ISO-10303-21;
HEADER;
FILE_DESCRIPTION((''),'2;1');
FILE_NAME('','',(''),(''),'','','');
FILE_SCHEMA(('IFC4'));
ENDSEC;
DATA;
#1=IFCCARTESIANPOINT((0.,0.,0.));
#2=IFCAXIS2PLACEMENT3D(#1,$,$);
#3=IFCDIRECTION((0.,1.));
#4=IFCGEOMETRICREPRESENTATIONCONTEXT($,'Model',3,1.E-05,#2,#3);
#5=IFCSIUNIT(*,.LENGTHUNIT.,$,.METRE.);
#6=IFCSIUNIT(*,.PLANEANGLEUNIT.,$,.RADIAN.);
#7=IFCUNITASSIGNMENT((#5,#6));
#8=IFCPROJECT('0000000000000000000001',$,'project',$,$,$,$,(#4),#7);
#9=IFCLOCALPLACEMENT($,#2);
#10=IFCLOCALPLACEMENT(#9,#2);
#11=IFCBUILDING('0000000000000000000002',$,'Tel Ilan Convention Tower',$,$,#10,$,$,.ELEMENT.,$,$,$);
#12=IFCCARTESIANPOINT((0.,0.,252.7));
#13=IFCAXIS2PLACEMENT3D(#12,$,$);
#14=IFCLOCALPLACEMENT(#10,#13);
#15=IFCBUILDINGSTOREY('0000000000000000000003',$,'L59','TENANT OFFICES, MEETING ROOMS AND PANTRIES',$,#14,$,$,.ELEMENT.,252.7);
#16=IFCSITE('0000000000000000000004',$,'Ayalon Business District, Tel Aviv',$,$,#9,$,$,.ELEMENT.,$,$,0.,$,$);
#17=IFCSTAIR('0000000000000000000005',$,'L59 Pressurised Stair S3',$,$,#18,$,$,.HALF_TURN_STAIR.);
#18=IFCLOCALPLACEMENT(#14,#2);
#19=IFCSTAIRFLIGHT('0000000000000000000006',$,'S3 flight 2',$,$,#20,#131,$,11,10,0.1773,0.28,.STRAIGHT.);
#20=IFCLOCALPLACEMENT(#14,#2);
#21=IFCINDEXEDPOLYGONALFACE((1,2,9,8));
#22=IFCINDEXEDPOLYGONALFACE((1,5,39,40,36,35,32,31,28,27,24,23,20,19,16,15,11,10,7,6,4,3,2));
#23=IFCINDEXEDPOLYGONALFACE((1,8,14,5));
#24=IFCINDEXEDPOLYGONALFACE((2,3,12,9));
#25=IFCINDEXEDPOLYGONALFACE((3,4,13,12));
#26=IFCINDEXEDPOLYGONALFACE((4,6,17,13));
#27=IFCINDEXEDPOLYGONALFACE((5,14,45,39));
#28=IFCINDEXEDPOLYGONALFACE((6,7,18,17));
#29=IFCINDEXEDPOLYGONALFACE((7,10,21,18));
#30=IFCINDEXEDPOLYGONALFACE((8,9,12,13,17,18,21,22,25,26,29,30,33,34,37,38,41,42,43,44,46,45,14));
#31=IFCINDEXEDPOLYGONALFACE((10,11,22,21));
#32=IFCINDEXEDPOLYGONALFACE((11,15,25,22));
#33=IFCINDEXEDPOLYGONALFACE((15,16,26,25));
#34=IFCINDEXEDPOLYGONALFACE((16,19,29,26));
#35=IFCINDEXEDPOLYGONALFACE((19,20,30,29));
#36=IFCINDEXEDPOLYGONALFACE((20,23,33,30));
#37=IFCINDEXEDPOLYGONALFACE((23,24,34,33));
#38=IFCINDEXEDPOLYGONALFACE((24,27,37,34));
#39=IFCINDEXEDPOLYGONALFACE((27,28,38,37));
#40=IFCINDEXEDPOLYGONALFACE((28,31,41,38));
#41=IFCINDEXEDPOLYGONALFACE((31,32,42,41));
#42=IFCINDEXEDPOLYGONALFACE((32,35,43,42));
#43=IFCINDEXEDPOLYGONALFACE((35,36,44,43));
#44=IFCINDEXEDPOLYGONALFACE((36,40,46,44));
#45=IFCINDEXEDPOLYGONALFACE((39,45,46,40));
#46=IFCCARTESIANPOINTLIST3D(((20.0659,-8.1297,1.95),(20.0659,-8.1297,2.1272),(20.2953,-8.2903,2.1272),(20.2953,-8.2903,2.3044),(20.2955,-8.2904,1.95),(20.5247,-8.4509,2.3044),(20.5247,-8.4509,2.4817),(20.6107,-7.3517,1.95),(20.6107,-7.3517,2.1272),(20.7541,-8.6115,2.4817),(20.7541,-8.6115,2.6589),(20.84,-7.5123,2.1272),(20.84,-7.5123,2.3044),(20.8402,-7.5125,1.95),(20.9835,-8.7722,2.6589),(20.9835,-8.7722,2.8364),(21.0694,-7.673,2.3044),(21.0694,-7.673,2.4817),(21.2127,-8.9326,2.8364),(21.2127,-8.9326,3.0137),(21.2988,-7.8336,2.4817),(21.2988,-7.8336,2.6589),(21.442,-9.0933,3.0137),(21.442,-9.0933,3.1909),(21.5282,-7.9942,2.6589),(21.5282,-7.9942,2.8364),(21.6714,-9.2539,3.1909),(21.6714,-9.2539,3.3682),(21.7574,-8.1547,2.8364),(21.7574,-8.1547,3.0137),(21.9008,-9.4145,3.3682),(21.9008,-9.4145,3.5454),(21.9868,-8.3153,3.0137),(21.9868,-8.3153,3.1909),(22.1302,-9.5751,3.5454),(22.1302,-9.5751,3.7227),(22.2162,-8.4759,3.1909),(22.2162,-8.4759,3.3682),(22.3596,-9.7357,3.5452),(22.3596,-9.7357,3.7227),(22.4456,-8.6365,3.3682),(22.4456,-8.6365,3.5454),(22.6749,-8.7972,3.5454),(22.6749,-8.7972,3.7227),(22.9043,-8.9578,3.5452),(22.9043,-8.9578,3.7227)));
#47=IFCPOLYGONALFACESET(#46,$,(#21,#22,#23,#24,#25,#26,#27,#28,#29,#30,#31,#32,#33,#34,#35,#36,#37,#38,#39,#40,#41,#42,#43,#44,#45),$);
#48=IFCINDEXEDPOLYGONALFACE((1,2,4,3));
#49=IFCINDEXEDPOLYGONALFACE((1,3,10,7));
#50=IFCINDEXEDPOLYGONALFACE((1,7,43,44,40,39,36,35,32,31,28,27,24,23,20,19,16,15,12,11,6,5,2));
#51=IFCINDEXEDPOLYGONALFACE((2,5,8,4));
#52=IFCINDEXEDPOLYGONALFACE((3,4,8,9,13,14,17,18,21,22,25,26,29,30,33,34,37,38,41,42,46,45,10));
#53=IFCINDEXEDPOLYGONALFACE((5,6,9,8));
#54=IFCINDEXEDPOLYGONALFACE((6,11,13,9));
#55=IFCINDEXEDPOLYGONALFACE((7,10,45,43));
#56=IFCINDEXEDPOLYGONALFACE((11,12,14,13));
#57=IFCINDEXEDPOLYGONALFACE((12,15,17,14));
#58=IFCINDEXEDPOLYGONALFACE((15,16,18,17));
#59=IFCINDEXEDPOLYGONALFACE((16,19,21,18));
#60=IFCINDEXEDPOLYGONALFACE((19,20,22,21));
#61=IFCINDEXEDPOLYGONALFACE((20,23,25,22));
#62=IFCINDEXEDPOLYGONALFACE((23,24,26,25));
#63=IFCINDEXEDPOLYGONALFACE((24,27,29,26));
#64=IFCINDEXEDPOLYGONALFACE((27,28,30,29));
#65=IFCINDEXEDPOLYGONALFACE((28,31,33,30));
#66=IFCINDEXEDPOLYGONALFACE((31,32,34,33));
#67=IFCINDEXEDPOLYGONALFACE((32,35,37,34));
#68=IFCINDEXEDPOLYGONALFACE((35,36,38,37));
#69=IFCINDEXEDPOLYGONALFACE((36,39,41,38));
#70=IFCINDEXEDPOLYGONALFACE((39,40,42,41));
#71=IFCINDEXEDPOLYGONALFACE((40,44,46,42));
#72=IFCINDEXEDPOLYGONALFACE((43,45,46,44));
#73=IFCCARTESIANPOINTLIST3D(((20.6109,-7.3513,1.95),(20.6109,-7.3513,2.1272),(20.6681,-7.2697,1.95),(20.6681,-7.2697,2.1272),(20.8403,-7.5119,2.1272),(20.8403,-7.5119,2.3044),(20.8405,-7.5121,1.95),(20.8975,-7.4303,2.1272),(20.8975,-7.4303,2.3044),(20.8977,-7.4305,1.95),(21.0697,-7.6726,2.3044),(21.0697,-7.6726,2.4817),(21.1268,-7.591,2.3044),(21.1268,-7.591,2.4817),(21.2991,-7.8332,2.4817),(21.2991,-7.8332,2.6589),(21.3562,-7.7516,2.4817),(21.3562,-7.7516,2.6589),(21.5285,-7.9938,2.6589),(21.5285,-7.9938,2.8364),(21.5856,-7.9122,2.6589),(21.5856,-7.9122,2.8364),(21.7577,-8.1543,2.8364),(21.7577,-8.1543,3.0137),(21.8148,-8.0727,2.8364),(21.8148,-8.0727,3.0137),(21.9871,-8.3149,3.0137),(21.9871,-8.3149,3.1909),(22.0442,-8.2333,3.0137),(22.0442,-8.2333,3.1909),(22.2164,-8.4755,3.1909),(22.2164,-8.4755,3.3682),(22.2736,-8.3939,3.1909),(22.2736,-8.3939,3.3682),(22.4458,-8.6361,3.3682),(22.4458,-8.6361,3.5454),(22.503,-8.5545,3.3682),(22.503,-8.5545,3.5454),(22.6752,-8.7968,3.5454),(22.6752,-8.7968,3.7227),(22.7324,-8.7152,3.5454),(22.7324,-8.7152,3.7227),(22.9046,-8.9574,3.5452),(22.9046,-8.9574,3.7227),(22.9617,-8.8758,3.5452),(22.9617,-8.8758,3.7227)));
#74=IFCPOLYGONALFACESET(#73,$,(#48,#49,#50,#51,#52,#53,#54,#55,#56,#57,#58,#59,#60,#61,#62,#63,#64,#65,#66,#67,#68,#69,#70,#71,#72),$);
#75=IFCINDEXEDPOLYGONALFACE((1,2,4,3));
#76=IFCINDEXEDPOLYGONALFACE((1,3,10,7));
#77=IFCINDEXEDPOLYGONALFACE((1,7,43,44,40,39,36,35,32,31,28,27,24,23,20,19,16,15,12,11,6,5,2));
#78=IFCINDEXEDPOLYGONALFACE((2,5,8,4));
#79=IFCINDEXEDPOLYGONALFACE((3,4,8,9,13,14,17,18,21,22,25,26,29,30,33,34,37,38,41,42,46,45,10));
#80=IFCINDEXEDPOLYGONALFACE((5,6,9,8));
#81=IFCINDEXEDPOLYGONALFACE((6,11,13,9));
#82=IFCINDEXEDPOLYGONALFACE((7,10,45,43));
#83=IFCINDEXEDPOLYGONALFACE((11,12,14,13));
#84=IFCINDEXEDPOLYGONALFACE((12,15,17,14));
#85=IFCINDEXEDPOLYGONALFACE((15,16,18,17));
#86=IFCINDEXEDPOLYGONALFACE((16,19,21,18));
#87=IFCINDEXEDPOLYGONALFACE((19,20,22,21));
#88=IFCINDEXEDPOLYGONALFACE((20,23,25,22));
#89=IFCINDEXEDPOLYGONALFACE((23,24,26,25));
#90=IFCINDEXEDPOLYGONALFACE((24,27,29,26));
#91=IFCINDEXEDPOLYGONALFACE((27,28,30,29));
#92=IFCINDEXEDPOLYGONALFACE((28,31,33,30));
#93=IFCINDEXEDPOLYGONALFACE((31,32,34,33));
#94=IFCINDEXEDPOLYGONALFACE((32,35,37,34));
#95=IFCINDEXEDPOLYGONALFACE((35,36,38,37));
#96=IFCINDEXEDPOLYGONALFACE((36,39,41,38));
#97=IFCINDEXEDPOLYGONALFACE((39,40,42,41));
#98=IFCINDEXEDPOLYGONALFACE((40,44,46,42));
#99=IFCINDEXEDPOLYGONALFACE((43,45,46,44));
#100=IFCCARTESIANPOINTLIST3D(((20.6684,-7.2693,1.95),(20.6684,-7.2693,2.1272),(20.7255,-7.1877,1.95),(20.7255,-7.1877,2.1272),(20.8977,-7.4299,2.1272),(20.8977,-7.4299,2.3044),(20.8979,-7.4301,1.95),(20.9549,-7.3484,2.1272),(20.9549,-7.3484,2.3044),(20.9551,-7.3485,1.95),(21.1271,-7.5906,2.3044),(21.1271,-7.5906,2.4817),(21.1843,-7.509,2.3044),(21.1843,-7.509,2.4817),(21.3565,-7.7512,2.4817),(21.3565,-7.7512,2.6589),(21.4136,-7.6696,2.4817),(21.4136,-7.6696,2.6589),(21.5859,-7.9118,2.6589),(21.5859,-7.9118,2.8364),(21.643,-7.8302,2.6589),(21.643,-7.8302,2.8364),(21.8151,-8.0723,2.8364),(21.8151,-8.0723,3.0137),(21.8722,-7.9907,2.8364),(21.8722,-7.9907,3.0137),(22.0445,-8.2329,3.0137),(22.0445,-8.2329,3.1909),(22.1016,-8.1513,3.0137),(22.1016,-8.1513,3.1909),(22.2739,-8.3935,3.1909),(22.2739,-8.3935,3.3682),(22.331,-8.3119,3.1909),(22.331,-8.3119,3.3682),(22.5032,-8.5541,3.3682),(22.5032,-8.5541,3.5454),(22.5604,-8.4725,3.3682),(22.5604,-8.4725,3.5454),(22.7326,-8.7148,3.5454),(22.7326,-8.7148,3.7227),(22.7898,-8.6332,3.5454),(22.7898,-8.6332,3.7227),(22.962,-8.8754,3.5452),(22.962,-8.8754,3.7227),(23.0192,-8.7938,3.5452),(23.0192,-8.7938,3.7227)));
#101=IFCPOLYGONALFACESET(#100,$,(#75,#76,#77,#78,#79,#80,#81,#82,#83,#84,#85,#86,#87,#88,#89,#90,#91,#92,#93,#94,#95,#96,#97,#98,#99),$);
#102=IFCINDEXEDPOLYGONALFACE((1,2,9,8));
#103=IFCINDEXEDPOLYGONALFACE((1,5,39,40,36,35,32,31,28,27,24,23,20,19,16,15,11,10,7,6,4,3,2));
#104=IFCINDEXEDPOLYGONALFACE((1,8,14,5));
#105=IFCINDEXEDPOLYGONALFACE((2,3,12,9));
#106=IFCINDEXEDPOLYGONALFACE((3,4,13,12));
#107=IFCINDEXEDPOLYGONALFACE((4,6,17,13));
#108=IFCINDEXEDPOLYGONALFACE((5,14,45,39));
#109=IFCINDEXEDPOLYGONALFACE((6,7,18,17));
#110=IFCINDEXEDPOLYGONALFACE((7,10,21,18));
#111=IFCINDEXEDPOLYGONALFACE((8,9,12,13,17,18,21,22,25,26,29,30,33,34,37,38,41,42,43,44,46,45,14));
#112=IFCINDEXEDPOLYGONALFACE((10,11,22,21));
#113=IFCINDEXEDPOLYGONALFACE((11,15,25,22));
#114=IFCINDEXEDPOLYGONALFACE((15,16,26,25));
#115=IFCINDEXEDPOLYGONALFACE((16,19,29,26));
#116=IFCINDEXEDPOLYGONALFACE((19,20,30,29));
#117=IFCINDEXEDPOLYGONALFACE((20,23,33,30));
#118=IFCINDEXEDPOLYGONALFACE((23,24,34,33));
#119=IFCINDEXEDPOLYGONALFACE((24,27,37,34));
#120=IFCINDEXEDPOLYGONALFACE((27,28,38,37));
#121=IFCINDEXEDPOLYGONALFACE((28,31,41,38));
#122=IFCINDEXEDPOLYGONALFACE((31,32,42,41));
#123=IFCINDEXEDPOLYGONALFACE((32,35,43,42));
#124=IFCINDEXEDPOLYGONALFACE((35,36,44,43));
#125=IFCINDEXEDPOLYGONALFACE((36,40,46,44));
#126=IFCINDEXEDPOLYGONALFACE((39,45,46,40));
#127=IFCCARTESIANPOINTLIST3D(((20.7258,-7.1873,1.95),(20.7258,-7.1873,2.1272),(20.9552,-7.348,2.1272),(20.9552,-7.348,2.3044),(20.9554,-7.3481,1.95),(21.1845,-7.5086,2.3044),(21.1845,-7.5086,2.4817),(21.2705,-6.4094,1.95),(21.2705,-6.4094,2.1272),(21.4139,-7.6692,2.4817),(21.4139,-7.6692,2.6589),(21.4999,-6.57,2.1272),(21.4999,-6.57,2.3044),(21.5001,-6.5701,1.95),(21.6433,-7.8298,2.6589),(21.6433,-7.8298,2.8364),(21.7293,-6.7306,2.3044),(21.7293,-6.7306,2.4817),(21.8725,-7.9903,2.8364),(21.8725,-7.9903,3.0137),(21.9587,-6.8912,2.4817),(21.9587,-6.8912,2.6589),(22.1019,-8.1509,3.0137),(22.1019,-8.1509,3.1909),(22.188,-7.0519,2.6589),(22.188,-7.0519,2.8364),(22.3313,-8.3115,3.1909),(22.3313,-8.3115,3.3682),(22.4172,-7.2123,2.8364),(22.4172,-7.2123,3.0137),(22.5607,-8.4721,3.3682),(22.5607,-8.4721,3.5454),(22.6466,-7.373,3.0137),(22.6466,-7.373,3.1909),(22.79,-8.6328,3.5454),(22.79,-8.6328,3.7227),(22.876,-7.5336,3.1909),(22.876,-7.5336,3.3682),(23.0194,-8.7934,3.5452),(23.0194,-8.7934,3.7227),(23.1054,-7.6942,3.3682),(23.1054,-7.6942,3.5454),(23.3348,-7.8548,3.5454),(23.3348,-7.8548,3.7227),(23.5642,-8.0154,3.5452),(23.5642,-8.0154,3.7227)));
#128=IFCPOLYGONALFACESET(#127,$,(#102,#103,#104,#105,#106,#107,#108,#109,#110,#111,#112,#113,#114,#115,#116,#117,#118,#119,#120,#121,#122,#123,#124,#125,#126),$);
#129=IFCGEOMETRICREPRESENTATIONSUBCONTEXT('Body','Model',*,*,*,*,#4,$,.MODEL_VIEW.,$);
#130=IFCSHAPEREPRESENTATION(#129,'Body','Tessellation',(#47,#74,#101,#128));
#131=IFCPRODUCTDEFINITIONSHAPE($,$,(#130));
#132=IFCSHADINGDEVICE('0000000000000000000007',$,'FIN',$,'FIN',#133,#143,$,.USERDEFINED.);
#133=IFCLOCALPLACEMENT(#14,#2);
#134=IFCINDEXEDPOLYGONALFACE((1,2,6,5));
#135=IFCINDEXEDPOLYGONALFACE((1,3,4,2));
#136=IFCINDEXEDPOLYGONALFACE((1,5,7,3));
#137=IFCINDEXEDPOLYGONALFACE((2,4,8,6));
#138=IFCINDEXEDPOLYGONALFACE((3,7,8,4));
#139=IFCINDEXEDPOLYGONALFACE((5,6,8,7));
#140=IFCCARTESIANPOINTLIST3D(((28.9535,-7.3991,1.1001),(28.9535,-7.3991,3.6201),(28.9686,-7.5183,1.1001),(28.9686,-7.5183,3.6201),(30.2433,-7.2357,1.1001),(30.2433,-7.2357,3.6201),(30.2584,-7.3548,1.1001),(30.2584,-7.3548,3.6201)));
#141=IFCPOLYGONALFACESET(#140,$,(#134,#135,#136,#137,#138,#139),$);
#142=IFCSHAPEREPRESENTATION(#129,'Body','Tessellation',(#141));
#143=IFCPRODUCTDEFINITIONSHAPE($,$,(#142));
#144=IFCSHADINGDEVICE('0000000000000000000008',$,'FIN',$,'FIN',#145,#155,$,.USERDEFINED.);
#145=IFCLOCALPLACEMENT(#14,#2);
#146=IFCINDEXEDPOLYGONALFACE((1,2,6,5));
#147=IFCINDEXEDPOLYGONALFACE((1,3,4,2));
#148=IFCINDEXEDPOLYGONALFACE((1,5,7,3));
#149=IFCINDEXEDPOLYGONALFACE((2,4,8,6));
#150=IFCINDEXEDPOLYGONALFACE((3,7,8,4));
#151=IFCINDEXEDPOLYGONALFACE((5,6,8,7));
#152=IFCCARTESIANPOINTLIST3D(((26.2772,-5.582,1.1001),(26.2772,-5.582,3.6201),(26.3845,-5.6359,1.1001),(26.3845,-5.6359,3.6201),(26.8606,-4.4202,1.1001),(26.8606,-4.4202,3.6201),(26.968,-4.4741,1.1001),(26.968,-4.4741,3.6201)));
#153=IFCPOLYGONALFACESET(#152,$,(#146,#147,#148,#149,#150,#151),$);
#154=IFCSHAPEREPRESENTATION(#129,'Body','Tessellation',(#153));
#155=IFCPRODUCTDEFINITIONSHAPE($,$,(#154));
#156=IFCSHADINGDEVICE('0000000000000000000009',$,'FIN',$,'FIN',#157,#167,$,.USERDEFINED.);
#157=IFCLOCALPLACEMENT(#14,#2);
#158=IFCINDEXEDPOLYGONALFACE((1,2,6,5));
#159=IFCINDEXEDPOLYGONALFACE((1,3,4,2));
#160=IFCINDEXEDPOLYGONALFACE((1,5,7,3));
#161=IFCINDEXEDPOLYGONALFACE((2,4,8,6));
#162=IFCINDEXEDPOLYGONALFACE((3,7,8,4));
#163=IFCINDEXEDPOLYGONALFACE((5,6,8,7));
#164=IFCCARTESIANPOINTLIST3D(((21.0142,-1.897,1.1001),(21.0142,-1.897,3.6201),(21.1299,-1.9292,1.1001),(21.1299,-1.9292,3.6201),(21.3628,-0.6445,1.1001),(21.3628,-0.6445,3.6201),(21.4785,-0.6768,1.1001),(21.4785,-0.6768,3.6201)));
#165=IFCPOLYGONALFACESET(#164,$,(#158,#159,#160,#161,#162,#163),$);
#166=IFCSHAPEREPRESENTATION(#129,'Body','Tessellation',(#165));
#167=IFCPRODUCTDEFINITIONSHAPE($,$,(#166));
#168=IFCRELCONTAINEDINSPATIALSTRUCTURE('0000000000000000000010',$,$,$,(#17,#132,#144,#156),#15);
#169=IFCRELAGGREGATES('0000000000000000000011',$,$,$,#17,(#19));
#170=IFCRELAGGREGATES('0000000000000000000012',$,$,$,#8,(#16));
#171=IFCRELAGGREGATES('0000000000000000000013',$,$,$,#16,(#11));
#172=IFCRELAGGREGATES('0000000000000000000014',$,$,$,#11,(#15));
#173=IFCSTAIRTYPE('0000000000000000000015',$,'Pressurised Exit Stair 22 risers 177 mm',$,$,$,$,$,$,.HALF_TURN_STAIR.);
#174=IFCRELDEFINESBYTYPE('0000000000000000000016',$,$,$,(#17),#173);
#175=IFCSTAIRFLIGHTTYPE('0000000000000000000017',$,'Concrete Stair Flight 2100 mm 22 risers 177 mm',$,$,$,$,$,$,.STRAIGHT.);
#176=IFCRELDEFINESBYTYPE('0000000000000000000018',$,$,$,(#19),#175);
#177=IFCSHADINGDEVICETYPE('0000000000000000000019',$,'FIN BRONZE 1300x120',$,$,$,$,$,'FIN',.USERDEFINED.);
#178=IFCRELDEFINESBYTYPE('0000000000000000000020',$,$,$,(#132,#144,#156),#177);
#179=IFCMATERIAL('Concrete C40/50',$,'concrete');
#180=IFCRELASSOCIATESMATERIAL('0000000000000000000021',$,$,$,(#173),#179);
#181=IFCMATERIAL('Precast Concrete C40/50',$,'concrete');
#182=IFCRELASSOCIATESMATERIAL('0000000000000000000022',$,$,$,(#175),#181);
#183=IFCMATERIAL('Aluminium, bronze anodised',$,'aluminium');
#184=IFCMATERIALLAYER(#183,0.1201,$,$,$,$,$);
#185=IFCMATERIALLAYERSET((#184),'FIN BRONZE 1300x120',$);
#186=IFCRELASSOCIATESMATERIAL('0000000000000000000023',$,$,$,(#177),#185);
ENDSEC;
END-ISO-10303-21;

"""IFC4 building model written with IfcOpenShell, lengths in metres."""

from ifc_helpers import new_model, si_unit, direction, frame, origin, origin_2d, place, context, subcontext, project, spatial, polyline, rectangle, outline, extrude, material, layer, layer_set, type_object, element, aggregate, save


model = new_model("IFC4")

# Units and contexts
model_context = context("Model", 3, precision=1e-05, world=origin(), true_north=direction((0.0, 1.0)))
body_context = subcontext(model_context, "Body", "Model", "MODEL_VIEW")
ifc_project = project(units=[si_unit("LENGTHUNIT", "METRE"), si_unit("PLANEANGLEUNIT", "RADIAN")], contexts=[model_context])

# Site, building, storey
site_placement = place(None, origin())
site = spatial("IfcSite", under=ifc_project, at=site_placement, Name="Ayalon Business District, Tel Aviv", CompositionType="ELEMENT", RefElevation=0.0)
building_placement = place(site_placement, origin())
building = spatial("IfcBuilding", under=site, at=building_placement, Name="Tel Ilan Convention Tower", CompositionType="ELEMENT")
storey_placement = place(building_placement, frame((0.0, 0.0, 252.7)))
storey = spatial("IfcBuildingStorey", under=building, at=storey_placement, Name="L59", Description="TENANT OFFICES, MEETING ROOMS AND PANTRIES", CompositionType="ELEMENT", Elevation=252.7)

# Stair, stair flight
ifc_material_1 = material(Name="Concrete C40/50", Category="concrete")
stair_type = type_object("IfcStairType", Name="Pressurised Exit Stair 22 risers 177 mm", PredefinedType="HALF_TURN_STAIR", material=ifc_material_1)
stair_placement = place(storey_placement, origin())
stair = element("IfcStair", 1, at=stair_placement, inside=storey, type_object=stair_type, Name="L59 Pressurised Stair S3", PredefinedType="HALF_TURN_STAIR")
ifc_material_2 = material(Name="Precast Concrete C40/50", Category="concrete")
stair_flight_type = type_object("IfcStairFlightType", Name="Concrete Stair Flight 2100 mm 22 risers 177 mm", PredefinedType="STRAIGHT", material=ifc_material_2)
stair_flight_1_placement = place(storey_placement, frame((20.6682, -7.2695, 1.95), z_axis=(0.0, 0.0, 1.0), x_axis=(0.819152, -0.573576, 0.0)))
stair_flight_1 = element("IfcStairFlight", 2, at=stair_flight_1_placement, type_object=stair_flight_type, Name="S3 flight 2", NumberOfRisers=11, NumberOfTreads=10, PredefinedType="STRAIGHT", RiserHeight=0.1773, TreadLength=0.28, context=body_context, shape_type="SweptSolid", body=[
    extrude(outline(polyline([(0.0, 0.0), (0.0, 0.1772), (0.28, 0.1772), (0.28, 0.3545), (0.5601, 0.3545), (0.5601, 0.5317), (0.8401, 0.5317), (0.8401, 0.709), (1.1201, 0.709), (1.1201, 0.8865), (1.3999, 0.8865), (1.3999, 1.0637), (1.6799, 1.0637), (1.6799, 1.241), (1.96, 1.241), (1.96, 1.4182), (2.24, 1.4182), (2.24, 1.5955), (2.52, 1.5955), (2.52, 1.7727), (2.8, 1.7727), (2.8, 1.95), (2.8, 1.5952), (0.2803, 0.0), (0.0, 0.0)])), frame((0.0, -0.1003, 0.0), z_axis=(0.0, -1.0, 0.0), x_axis=(1.0, 0.0, 0.0)), (0.0, 0.0, 1.0), 0.9497),
    extrude(outline(polyline([(0.0, 0.0), (0.0, 0.1772), (0.28, 0.1772), (0.28, 0.3545), (0.5601, 0.3545), (0.5601, 0.5317), (0.8401, 0.5317), (0.8401, 0.709), (1.1201, 0.709), (1.1201, 0.8865), (1.3999, 0.8865), (1.3999, 1.0637), (1.6799, 1.0637), (1.6799, 1.241), (1.96, 1.241), (1.96, 1.4182), (2.24, 1.4182), (2.24, 1.5955), (2.52, 1.5955), (2.52, 1.7727), (2.8, 1.7727), (2.8, 1.95), (2.8, 1.5952), (0.2803, 0.0), (0.0, 0.0)])), frame((0.0, -0.0002, 0.0), z_axis=(0.0, -1.0, 0.0), x_axis=(1.0, 0.0, 0.0)), (0.0, 0.0, 1.0), 0.0996),
    extrude(outline(polyline([(0.0, 0.0), (0.0, 0.1772), (0.28, 0.1772), (0.28, 0.3545), (0.5601, 0.3545), (0.5601, 0.5317), (0.8401, 0.5317), (0.8401, 0.709), (1.1201, 0.709), (1.1201, 0.8865), (1.3999, 0.8865), (1.3999, 1.0637), (1.6799, 1.0637), (1.6799, 1.241), (1.96, 1.241), (1.96, 1.4182), (2.24, 1.4182), (2.24, 1.5955), (2.52, 1.5955), (2.52, 1.7727), (2.8, 1.7727), (2.8, 1.95), (2.8, 1.5952), (0.2803, 0.0), (0.0, 0.0)])), frame((0.0, 0.0999, 0.0), z_axis=(0.0, -1.0, 0.0), x_axis=(1.0, 0.0, 0.0)), (0.0, 0.0, 1.0), 0.0996),
    extrude(outline(polyline([(0.0, 0.0), (0.0, 0.1772), (0.28, 0.1772), (0.28, 0.3545), (0.5601, 0.3545), (0.5601, 0.5317), (0.8401, 0.5317), (0.8401, 0.709), (1.1201, 0.709), (1.1201, 0.8865), (1.3999, 0.8865), (1.3999, 1.0637), (1.6799, 1.0637), (1.6799, 1.241), (1.96, 1.241), (1.96, 1.4182), (2.24, 1.4182), (2.24, 1.5955), (2.52, 1.5955), (2.52, 1.7727), (2.8, 1.7727), (2.8, 1.95), (2.8, 1.5952), (0.2803, 0.0), (0.0, 0.0)])), frame((0.0, 1.05, 0.0), z_axis=(0.0, -1.0, 0.0), x_axis=(1.0, 0.0, 0.0)), (0.0, 0.0, 1.0), 0.9497),
])
aggregate(stair, [stair_flight_1])

# Shading devices
ifc_material_3 = material(Name="Aluminium, bronze anodised", Category="aluminium")
ifc_layer_1 = layer(ifc_material_3, 0.1201)
ifc_layer_set_1 = layer_set([ifc_layer_1], Name="FIN BRONZE 1300x120")
shading_device_type = type_object("IfcShadingDeviceType", Name="FIN BRONZE 1300x120", ElementType="FIN", PredefinedType="USERDEFINED", material=ifc_layer_set_1)
for number, where, z_axis, x_axis, name in (
    (3, (29.606, -7.377, 1.1001), (0.0, 0.0, 1.0), (0.992066, 0.125718, 0.0), "FIN"),
    (4, (26.6226, -5.0281, 1.1001), (0.0, 0.0, 1.0), (0.448799, 0.893633, 0.0), "FIN"),
    (5, (21.2463, -1.2869, 1.1001), (0.0, 0.0, 1.0), (0.268173, 0.963371, 0.0), "FIN"),
):
    element("IfcShadingDevice", number, at=place(storey_placement, frame(where, z_axis=z_axis, x_axis=x_axis)), inside=storey, type_object=shading_device_type, Name=name, ObjectType="FIN", PredefinedType="USERDEFINED", context=body_context, shape_type="SweptSolid", body=[
        extrude(rectangle(XDim=1.3, YDim=0.1201, at=origin_2d()), origin(), (0.0, 0.0, 1.0), 2.52),
    ])

save(model, "model.ifc")
